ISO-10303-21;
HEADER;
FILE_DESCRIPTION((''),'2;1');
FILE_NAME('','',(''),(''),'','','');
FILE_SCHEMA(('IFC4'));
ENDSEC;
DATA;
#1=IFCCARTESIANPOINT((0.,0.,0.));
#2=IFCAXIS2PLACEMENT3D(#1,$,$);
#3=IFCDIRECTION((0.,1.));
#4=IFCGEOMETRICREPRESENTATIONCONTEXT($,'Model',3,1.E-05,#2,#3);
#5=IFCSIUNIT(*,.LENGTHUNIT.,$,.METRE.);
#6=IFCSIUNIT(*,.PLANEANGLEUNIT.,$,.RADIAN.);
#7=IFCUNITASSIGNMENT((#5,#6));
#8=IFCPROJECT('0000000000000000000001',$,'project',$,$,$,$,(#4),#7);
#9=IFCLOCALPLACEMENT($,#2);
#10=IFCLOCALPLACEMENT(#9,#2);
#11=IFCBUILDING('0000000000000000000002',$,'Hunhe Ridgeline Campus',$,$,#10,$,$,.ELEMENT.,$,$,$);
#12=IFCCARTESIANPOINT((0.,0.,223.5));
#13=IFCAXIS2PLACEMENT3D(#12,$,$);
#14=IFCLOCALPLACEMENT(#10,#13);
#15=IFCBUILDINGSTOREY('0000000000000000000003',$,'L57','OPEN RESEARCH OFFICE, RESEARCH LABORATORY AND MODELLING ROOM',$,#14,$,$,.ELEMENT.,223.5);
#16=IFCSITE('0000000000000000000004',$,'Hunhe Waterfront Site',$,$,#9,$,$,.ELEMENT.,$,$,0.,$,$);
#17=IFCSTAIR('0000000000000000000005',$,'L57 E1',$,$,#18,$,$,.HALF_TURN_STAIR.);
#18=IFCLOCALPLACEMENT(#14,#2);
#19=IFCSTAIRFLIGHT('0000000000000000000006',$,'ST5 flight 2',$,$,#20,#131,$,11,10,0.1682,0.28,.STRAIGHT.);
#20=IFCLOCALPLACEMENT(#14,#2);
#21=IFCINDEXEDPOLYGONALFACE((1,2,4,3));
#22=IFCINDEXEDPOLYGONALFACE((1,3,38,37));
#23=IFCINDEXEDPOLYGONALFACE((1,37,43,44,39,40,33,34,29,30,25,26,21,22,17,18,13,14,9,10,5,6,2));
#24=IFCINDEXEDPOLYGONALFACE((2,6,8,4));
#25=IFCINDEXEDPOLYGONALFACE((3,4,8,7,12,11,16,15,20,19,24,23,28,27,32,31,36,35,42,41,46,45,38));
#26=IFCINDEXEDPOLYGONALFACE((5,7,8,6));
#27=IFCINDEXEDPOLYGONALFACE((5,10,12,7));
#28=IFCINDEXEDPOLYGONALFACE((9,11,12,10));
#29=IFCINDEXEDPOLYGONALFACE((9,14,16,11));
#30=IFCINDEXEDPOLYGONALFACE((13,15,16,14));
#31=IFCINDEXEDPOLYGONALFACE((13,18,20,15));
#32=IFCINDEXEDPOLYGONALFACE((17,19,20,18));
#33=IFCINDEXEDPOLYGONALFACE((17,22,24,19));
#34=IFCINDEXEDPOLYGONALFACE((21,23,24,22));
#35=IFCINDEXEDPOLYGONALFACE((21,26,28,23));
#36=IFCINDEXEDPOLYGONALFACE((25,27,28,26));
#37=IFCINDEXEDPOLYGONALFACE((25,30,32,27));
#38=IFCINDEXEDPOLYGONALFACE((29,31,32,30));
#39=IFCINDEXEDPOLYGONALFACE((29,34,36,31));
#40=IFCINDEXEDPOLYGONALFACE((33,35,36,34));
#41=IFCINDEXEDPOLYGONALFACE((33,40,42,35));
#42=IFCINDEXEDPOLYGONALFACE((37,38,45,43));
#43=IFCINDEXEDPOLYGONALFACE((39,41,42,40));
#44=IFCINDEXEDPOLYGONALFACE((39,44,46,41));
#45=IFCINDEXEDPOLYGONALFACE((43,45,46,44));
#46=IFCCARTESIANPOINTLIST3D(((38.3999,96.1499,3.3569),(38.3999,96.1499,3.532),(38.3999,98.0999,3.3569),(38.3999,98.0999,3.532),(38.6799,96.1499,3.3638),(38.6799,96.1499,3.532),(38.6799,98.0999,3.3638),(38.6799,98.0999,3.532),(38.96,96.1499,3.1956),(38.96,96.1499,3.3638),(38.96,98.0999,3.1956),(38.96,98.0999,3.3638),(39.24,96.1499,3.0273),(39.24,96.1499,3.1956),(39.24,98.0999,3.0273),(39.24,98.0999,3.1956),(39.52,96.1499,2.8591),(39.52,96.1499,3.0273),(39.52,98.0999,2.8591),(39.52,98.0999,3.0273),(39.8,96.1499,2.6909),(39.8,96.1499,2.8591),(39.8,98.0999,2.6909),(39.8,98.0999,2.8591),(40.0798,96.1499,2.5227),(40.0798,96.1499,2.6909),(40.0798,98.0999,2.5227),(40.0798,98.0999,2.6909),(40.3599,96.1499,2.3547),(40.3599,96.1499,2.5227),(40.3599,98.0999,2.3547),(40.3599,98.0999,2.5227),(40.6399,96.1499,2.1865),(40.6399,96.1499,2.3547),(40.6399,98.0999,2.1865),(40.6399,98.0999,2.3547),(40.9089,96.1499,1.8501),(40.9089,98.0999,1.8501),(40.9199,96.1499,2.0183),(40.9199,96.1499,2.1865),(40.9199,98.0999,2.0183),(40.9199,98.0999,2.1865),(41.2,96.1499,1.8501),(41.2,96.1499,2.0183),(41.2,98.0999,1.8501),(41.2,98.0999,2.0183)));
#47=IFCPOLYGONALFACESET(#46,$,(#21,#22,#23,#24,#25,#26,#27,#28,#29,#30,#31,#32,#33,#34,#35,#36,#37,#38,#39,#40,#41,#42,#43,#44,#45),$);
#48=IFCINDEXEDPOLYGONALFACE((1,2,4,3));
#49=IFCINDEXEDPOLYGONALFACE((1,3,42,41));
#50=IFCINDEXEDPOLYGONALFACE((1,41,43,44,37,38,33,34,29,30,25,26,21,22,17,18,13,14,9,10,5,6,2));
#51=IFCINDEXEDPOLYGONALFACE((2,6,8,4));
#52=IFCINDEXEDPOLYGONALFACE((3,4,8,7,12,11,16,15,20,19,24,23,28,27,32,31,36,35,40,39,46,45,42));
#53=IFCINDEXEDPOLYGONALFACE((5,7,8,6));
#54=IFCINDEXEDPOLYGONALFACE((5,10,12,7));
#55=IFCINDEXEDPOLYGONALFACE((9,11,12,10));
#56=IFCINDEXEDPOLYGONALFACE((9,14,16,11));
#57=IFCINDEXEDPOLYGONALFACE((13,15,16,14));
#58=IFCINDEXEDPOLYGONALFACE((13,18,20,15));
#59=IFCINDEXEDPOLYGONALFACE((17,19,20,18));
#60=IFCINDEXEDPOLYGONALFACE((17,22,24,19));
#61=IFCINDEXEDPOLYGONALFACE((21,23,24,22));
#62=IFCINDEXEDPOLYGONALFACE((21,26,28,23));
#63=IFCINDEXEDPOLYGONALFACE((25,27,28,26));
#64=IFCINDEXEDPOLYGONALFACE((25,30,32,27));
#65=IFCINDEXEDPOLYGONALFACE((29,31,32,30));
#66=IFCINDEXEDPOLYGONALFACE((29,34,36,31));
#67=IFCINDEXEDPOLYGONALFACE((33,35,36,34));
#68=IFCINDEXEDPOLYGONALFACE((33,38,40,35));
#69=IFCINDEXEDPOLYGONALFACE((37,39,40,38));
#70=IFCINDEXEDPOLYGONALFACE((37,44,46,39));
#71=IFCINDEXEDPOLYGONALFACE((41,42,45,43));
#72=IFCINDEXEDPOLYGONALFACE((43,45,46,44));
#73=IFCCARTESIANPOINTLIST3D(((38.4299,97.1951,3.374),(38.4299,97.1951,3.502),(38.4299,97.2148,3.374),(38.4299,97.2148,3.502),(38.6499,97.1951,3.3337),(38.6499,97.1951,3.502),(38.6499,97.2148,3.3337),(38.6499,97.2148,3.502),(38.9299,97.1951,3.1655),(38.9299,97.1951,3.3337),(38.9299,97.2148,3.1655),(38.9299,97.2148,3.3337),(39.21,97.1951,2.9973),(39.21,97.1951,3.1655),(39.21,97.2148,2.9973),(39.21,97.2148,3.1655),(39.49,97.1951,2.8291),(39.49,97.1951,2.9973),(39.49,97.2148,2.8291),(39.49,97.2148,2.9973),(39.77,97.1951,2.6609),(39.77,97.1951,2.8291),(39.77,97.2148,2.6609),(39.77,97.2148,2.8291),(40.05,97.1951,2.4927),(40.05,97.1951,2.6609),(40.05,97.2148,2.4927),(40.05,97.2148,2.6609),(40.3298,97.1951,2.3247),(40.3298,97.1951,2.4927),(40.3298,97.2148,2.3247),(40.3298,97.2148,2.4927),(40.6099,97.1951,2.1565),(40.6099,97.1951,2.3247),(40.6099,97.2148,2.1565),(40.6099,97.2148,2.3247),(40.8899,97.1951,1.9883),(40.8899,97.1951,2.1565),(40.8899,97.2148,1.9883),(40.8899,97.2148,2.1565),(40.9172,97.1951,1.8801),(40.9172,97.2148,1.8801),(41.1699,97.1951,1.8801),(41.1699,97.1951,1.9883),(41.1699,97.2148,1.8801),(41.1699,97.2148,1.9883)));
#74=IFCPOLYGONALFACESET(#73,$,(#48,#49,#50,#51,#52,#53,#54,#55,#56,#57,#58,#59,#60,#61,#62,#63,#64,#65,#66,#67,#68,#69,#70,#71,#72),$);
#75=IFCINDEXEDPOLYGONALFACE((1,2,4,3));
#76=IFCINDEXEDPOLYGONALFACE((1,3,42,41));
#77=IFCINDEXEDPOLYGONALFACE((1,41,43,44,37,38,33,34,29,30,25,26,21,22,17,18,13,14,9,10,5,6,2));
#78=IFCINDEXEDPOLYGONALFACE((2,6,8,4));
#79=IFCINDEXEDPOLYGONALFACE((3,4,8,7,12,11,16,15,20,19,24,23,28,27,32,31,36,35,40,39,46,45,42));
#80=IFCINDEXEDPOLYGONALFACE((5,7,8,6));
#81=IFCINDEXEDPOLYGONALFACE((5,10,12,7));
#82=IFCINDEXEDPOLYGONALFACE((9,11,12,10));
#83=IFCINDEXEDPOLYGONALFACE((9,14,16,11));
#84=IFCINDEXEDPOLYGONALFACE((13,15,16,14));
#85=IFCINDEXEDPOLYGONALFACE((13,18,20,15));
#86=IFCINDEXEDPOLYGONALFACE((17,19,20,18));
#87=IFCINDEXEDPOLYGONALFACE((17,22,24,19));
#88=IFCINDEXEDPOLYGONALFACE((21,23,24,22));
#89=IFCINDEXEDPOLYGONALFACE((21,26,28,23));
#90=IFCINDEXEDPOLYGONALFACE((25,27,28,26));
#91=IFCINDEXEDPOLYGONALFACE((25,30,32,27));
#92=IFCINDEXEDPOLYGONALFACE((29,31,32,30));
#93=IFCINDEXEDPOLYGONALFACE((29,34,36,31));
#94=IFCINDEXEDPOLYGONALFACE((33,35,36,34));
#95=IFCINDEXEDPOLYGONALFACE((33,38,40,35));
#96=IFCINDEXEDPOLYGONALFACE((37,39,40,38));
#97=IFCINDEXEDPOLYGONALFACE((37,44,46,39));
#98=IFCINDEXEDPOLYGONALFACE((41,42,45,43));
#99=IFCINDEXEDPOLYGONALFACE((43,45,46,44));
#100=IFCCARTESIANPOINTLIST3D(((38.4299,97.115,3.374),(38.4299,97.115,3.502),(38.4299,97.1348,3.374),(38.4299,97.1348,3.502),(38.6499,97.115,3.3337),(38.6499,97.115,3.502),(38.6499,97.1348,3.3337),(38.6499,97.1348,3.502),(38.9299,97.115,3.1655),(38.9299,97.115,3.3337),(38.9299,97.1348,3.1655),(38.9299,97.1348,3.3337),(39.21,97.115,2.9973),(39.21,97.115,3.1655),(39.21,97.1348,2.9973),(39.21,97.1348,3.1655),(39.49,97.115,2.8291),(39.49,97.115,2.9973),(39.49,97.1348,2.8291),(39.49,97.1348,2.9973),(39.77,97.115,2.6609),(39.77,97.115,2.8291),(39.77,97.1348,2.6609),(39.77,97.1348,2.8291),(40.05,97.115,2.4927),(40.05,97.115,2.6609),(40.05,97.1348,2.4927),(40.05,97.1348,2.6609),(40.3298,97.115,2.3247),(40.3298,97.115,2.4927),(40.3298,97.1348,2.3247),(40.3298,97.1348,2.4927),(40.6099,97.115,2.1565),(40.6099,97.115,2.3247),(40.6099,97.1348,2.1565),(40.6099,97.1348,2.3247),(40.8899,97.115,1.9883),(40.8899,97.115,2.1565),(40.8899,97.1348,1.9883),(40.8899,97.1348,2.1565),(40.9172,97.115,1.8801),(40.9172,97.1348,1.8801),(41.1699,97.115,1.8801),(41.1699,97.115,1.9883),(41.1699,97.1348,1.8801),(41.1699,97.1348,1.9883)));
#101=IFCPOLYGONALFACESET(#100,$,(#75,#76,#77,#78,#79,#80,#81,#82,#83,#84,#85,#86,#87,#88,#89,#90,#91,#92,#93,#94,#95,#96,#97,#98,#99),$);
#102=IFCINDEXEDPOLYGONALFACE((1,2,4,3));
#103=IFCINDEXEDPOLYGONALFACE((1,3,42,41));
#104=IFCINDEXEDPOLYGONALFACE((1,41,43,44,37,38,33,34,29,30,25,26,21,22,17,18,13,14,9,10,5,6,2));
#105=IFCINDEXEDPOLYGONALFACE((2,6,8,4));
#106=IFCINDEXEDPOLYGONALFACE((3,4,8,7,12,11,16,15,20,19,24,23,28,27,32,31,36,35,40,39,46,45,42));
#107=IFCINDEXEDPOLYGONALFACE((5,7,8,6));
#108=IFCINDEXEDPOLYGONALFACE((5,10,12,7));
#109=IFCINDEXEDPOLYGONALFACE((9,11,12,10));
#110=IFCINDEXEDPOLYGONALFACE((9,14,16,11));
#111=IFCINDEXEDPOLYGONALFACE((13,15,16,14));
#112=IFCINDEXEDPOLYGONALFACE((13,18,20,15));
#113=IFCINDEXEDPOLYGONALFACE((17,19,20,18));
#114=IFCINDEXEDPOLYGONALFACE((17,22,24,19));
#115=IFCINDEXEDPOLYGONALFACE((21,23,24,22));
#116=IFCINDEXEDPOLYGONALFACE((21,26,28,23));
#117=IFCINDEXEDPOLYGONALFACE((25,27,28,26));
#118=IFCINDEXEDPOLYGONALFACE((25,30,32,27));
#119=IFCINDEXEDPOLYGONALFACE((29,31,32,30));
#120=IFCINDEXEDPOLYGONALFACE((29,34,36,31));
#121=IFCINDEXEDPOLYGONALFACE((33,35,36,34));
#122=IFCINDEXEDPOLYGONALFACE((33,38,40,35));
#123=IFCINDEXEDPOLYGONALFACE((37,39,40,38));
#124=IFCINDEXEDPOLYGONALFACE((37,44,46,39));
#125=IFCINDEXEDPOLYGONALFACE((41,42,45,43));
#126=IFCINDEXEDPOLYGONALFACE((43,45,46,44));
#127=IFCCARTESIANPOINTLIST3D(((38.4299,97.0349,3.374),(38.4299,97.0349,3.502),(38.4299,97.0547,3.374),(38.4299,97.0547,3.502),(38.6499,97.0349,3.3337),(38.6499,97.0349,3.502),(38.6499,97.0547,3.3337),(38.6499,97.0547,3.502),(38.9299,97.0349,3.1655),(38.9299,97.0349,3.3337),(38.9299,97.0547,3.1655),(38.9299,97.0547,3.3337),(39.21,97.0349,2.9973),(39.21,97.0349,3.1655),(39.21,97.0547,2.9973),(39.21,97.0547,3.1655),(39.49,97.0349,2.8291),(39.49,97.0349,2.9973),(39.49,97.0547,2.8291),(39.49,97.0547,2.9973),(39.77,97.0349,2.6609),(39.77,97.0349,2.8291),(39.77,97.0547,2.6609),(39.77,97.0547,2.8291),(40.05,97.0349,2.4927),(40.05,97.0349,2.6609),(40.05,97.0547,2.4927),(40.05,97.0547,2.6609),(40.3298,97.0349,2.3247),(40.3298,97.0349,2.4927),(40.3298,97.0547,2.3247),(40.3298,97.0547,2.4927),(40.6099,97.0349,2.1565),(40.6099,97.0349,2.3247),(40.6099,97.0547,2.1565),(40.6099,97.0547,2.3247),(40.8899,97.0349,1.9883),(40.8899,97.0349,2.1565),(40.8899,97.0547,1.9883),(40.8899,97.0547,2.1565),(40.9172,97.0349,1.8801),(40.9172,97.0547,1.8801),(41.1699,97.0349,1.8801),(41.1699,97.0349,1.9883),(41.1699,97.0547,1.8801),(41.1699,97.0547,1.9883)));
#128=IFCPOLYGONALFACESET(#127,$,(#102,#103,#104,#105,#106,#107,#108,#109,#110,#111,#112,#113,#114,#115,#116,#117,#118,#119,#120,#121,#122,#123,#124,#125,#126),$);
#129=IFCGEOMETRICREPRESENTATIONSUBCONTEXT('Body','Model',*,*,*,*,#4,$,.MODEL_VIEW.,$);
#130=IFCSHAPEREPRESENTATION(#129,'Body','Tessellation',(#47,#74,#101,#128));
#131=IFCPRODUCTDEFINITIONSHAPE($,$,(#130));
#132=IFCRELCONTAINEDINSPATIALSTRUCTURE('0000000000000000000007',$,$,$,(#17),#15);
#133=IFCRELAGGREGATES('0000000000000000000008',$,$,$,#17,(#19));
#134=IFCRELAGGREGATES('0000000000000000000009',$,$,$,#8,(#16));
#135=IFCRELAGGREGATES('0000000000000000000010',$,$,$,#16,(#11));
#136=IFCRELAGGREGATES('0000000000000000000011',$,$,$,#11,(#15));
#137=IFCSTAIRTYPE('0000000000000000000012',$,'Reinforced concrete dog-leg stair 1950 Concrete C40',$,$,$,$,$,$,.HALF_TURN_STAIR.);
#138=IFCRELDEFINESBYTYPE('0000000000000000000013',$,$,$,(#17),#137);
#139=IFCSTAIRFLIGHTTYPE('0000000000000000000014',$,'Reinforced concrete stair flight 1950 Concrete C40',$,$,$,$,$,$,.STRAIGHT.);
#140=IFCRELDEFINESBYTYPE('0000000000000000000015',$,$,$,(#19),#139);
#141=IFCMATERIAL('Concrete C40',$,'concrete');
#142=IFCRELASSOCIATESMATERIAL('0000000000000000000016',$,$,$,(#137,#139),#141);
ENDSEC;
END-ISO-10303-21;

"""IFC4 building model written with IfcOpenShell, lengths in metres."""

from ifc_helpers import new_model, si_unit, direction, frame, origin, place, context, subcontext, project, spatial, polyline, outline, extrude, material, type_object, element, aggregate, save


model = new_model("IFC4")

# Units and contexts
model_context = context("Model", 3, precision=1e-05, world=origin(), true_north=direction((0.0, 1.0)))
body_context = subcontext(model_context, "Body", "Model", "MODEL_VIEW")
ifc_project = project(units=[si_unit("LENGTHUNIT", "METRE"), si_unit("PLANEANGLEUNIT", "RADIAN")], contexts=[model_context])

# Site, building, storey
site_placement = place(None, origin())
site = spatial("IfcSite", under=ifc_project, at=site_placement, Name="Hunhe Waterfront Site", CompositionType="ELEMENT", RefElevation=0.0)
building_placement = place(site_placement, origin())
building = spatial("IfcBuilding", under=site, at=building_placement, Name="Hunhe Ridgeline Campus", CompositionType="ELEMENT")
storey_placement = place(building_placement, frame((0.0, 0.0, 223.5)))
storey = spatial("IfcBuildingStorey", under=building, at=storey_placement, Name="L57", Description="OPEN RESEARCH OFFICE, RESEARCH LABORATORY AND MODELLING ROOM", CompositionType="ELEMENT", Elevation=223.5)

# Stair, stair flight
ifc_material_1 = material(Name="Concrete C40", Category="concrete")
stair_type = type_object("IfcStairType", Name="Reinforced concrete dog-leg stair 1950 Concrete C40", PredefinedType="HALF_TURN_STAIR", material=ifc_material_1)
stair_placement = place(storey_placement, origin())
stair = element("IfcStair", 1, at=stair_placement, inside=storey, type_object=stair_type, Name="L57 E1", PredefinedType="HALF_TURN_STAIR")
stair_flight_type = type_object("IfcStairFlightType", Name="Reinforced concrete stair flight 1950 Concrete C40", PredefinedType="STRAIGHT", material=ifc_material_1)
stair_flight_1_placement = place(storey_placement, frame((41.2, 97.125, 1.8501), z_axis=(0.0, 0.0, 1.0), x_axis=(-1.0, 0.0, 0.0)))
stair_flight_1 = element("IfcStairFlight", 2, at=stair_flight_1_placement, type_object=stair_flight_type, Name="ST5 flight 2", NumberOfRisers=11, NumberOfTreads=10, PredefinedType="STRAIGHT", RiserHeight=0.1682, TreadLength=0.28, context=body_context, shape_type="SweptSolid", body=[
    extrude(outline(polyline([(0.0, 0.0), (0.0, 0.1682), (0.28, 0.1682), (0.28, 0.3364), (0.5601, 0.3364), (0.5601, 0.5046), (0.8401, 0.5046), (0.8401, 0.6726), (1.1201, 0.6726), (1.1201, 0.8408), (1.3999, 0.8408), (1.3999, 1.009), (1.6799, 1.009), (1.6799, 1.1772), (1.96, 1.1772), (1.96, 1.3455), (2.24, 1.3455), (2.24, 1.5137), (2.52, 1.5137), (2.52, 1.6819), (2.8, 1.6819), (2.8, 1.8501), (2.8, 1.5068), (0.291, 0.0), (0.0, 0.0)])), frame((0.0, 0.9751, 0.0), z_axis=(0.0, -1.0, 0.0), x_axis=(1.0, 0.0, 0.0)), (0.0, 0.0, 1.0), 1.95),
    extrude(outline(polyline([(0.03, 0.03), (0.03, 0.1382), (0.3101, 0.1382), (0.3101, 0.3064), (0.5901, 0.3064), (0.5901, 0.4746), (0.8701, 0.4746), (0.8701, 0.6426), (1.1499, 0.6426), (1.1499, 0.8108), (1.4299, 0.8108), (1.4299, 0.979), (1.71, 0.979), (1.71, 1.1472), (1.99, 1.1472), (1.99, 1.3154), (2.27, 1.3154), (2.27, 1.4836), (2.55, 1.4836), (2.55, 1.6519), (2.77, 1.6519), (2.77, 1.5239), (0.2827, 0.03), (0.03, 0.03)])), frame((0.0, -0.0701, 0.0), z_axis=(0.0, -1.0, 0.0), x_axis=(1.0, 0.0, 0.0)), (0.0, 0.0, 1.0), 0.0198),
    extrude(outline(polyline([(0.03, 0.03), (0.03, 0.1382), (0.3101, 0.1382), (0.3101, 0.3064), (0.5901, 0.3064), (0.5901, 0.4746), (0.8701, 0.4746), (0.8701, 0.6426), (1.1499, 0.6426), (1.1499, 0.8108), (1.4299, 0.8108), (1.4299, 0.979), (1.71, 0.979), (1.71, 1.1472), (1.99, 1.1472), (1.99, 1.3154), (2.27, 1.3154), (2.27, 1.4836), (2.55, 1.4836), (2.55, 1.6519), (2.77, 1.6519), (2.77, 1.5239), (0.2827, 0.03), (0.03, 0.03)])), frame((0.0, 0.01, 0.0), z_axis=(0.0, -1.0, 0.0), x_axis=(1.0, 0.0, 0.0)), (0.0, 0.0, 1.0), 0.0198),
    extrude(outline(polyline([(0.03, 0.03), (0.03, 0.1382), (0.3101, 0.1382), (0.3101, 0.3064), (0.5901, 0.3064), (0.5901, 0.4746), (0.8701, 0.4746), (0.8701, 0.6426), (1.1499, 0.6426), (1.1499, 0.8108), (1.4299, 0.8108), (1.4299, 0.979), (1.71, 0.979), (1.71, 1.1472), (1.99, 1.1472), (1.99, 1.3154), (2.27, 1.3154), (2.27, 1.4836), (2.55, 1.4836), (2.55, 1.6519), (2.77, 1.6519), (2.77, 1.5239), (0.2827, 0.03), (0.03, 0.03)])), frame((0.0, 0.0901, 0.0), z_axis=(0.0, -1.0, 0.0), x_axis=(1.0, 0.0, 0.0)), (0.0, 0.0, 1.0), 0.0198),
])
aggregate(stair, [stair_flight_1])

save(model, "model.ifc")
